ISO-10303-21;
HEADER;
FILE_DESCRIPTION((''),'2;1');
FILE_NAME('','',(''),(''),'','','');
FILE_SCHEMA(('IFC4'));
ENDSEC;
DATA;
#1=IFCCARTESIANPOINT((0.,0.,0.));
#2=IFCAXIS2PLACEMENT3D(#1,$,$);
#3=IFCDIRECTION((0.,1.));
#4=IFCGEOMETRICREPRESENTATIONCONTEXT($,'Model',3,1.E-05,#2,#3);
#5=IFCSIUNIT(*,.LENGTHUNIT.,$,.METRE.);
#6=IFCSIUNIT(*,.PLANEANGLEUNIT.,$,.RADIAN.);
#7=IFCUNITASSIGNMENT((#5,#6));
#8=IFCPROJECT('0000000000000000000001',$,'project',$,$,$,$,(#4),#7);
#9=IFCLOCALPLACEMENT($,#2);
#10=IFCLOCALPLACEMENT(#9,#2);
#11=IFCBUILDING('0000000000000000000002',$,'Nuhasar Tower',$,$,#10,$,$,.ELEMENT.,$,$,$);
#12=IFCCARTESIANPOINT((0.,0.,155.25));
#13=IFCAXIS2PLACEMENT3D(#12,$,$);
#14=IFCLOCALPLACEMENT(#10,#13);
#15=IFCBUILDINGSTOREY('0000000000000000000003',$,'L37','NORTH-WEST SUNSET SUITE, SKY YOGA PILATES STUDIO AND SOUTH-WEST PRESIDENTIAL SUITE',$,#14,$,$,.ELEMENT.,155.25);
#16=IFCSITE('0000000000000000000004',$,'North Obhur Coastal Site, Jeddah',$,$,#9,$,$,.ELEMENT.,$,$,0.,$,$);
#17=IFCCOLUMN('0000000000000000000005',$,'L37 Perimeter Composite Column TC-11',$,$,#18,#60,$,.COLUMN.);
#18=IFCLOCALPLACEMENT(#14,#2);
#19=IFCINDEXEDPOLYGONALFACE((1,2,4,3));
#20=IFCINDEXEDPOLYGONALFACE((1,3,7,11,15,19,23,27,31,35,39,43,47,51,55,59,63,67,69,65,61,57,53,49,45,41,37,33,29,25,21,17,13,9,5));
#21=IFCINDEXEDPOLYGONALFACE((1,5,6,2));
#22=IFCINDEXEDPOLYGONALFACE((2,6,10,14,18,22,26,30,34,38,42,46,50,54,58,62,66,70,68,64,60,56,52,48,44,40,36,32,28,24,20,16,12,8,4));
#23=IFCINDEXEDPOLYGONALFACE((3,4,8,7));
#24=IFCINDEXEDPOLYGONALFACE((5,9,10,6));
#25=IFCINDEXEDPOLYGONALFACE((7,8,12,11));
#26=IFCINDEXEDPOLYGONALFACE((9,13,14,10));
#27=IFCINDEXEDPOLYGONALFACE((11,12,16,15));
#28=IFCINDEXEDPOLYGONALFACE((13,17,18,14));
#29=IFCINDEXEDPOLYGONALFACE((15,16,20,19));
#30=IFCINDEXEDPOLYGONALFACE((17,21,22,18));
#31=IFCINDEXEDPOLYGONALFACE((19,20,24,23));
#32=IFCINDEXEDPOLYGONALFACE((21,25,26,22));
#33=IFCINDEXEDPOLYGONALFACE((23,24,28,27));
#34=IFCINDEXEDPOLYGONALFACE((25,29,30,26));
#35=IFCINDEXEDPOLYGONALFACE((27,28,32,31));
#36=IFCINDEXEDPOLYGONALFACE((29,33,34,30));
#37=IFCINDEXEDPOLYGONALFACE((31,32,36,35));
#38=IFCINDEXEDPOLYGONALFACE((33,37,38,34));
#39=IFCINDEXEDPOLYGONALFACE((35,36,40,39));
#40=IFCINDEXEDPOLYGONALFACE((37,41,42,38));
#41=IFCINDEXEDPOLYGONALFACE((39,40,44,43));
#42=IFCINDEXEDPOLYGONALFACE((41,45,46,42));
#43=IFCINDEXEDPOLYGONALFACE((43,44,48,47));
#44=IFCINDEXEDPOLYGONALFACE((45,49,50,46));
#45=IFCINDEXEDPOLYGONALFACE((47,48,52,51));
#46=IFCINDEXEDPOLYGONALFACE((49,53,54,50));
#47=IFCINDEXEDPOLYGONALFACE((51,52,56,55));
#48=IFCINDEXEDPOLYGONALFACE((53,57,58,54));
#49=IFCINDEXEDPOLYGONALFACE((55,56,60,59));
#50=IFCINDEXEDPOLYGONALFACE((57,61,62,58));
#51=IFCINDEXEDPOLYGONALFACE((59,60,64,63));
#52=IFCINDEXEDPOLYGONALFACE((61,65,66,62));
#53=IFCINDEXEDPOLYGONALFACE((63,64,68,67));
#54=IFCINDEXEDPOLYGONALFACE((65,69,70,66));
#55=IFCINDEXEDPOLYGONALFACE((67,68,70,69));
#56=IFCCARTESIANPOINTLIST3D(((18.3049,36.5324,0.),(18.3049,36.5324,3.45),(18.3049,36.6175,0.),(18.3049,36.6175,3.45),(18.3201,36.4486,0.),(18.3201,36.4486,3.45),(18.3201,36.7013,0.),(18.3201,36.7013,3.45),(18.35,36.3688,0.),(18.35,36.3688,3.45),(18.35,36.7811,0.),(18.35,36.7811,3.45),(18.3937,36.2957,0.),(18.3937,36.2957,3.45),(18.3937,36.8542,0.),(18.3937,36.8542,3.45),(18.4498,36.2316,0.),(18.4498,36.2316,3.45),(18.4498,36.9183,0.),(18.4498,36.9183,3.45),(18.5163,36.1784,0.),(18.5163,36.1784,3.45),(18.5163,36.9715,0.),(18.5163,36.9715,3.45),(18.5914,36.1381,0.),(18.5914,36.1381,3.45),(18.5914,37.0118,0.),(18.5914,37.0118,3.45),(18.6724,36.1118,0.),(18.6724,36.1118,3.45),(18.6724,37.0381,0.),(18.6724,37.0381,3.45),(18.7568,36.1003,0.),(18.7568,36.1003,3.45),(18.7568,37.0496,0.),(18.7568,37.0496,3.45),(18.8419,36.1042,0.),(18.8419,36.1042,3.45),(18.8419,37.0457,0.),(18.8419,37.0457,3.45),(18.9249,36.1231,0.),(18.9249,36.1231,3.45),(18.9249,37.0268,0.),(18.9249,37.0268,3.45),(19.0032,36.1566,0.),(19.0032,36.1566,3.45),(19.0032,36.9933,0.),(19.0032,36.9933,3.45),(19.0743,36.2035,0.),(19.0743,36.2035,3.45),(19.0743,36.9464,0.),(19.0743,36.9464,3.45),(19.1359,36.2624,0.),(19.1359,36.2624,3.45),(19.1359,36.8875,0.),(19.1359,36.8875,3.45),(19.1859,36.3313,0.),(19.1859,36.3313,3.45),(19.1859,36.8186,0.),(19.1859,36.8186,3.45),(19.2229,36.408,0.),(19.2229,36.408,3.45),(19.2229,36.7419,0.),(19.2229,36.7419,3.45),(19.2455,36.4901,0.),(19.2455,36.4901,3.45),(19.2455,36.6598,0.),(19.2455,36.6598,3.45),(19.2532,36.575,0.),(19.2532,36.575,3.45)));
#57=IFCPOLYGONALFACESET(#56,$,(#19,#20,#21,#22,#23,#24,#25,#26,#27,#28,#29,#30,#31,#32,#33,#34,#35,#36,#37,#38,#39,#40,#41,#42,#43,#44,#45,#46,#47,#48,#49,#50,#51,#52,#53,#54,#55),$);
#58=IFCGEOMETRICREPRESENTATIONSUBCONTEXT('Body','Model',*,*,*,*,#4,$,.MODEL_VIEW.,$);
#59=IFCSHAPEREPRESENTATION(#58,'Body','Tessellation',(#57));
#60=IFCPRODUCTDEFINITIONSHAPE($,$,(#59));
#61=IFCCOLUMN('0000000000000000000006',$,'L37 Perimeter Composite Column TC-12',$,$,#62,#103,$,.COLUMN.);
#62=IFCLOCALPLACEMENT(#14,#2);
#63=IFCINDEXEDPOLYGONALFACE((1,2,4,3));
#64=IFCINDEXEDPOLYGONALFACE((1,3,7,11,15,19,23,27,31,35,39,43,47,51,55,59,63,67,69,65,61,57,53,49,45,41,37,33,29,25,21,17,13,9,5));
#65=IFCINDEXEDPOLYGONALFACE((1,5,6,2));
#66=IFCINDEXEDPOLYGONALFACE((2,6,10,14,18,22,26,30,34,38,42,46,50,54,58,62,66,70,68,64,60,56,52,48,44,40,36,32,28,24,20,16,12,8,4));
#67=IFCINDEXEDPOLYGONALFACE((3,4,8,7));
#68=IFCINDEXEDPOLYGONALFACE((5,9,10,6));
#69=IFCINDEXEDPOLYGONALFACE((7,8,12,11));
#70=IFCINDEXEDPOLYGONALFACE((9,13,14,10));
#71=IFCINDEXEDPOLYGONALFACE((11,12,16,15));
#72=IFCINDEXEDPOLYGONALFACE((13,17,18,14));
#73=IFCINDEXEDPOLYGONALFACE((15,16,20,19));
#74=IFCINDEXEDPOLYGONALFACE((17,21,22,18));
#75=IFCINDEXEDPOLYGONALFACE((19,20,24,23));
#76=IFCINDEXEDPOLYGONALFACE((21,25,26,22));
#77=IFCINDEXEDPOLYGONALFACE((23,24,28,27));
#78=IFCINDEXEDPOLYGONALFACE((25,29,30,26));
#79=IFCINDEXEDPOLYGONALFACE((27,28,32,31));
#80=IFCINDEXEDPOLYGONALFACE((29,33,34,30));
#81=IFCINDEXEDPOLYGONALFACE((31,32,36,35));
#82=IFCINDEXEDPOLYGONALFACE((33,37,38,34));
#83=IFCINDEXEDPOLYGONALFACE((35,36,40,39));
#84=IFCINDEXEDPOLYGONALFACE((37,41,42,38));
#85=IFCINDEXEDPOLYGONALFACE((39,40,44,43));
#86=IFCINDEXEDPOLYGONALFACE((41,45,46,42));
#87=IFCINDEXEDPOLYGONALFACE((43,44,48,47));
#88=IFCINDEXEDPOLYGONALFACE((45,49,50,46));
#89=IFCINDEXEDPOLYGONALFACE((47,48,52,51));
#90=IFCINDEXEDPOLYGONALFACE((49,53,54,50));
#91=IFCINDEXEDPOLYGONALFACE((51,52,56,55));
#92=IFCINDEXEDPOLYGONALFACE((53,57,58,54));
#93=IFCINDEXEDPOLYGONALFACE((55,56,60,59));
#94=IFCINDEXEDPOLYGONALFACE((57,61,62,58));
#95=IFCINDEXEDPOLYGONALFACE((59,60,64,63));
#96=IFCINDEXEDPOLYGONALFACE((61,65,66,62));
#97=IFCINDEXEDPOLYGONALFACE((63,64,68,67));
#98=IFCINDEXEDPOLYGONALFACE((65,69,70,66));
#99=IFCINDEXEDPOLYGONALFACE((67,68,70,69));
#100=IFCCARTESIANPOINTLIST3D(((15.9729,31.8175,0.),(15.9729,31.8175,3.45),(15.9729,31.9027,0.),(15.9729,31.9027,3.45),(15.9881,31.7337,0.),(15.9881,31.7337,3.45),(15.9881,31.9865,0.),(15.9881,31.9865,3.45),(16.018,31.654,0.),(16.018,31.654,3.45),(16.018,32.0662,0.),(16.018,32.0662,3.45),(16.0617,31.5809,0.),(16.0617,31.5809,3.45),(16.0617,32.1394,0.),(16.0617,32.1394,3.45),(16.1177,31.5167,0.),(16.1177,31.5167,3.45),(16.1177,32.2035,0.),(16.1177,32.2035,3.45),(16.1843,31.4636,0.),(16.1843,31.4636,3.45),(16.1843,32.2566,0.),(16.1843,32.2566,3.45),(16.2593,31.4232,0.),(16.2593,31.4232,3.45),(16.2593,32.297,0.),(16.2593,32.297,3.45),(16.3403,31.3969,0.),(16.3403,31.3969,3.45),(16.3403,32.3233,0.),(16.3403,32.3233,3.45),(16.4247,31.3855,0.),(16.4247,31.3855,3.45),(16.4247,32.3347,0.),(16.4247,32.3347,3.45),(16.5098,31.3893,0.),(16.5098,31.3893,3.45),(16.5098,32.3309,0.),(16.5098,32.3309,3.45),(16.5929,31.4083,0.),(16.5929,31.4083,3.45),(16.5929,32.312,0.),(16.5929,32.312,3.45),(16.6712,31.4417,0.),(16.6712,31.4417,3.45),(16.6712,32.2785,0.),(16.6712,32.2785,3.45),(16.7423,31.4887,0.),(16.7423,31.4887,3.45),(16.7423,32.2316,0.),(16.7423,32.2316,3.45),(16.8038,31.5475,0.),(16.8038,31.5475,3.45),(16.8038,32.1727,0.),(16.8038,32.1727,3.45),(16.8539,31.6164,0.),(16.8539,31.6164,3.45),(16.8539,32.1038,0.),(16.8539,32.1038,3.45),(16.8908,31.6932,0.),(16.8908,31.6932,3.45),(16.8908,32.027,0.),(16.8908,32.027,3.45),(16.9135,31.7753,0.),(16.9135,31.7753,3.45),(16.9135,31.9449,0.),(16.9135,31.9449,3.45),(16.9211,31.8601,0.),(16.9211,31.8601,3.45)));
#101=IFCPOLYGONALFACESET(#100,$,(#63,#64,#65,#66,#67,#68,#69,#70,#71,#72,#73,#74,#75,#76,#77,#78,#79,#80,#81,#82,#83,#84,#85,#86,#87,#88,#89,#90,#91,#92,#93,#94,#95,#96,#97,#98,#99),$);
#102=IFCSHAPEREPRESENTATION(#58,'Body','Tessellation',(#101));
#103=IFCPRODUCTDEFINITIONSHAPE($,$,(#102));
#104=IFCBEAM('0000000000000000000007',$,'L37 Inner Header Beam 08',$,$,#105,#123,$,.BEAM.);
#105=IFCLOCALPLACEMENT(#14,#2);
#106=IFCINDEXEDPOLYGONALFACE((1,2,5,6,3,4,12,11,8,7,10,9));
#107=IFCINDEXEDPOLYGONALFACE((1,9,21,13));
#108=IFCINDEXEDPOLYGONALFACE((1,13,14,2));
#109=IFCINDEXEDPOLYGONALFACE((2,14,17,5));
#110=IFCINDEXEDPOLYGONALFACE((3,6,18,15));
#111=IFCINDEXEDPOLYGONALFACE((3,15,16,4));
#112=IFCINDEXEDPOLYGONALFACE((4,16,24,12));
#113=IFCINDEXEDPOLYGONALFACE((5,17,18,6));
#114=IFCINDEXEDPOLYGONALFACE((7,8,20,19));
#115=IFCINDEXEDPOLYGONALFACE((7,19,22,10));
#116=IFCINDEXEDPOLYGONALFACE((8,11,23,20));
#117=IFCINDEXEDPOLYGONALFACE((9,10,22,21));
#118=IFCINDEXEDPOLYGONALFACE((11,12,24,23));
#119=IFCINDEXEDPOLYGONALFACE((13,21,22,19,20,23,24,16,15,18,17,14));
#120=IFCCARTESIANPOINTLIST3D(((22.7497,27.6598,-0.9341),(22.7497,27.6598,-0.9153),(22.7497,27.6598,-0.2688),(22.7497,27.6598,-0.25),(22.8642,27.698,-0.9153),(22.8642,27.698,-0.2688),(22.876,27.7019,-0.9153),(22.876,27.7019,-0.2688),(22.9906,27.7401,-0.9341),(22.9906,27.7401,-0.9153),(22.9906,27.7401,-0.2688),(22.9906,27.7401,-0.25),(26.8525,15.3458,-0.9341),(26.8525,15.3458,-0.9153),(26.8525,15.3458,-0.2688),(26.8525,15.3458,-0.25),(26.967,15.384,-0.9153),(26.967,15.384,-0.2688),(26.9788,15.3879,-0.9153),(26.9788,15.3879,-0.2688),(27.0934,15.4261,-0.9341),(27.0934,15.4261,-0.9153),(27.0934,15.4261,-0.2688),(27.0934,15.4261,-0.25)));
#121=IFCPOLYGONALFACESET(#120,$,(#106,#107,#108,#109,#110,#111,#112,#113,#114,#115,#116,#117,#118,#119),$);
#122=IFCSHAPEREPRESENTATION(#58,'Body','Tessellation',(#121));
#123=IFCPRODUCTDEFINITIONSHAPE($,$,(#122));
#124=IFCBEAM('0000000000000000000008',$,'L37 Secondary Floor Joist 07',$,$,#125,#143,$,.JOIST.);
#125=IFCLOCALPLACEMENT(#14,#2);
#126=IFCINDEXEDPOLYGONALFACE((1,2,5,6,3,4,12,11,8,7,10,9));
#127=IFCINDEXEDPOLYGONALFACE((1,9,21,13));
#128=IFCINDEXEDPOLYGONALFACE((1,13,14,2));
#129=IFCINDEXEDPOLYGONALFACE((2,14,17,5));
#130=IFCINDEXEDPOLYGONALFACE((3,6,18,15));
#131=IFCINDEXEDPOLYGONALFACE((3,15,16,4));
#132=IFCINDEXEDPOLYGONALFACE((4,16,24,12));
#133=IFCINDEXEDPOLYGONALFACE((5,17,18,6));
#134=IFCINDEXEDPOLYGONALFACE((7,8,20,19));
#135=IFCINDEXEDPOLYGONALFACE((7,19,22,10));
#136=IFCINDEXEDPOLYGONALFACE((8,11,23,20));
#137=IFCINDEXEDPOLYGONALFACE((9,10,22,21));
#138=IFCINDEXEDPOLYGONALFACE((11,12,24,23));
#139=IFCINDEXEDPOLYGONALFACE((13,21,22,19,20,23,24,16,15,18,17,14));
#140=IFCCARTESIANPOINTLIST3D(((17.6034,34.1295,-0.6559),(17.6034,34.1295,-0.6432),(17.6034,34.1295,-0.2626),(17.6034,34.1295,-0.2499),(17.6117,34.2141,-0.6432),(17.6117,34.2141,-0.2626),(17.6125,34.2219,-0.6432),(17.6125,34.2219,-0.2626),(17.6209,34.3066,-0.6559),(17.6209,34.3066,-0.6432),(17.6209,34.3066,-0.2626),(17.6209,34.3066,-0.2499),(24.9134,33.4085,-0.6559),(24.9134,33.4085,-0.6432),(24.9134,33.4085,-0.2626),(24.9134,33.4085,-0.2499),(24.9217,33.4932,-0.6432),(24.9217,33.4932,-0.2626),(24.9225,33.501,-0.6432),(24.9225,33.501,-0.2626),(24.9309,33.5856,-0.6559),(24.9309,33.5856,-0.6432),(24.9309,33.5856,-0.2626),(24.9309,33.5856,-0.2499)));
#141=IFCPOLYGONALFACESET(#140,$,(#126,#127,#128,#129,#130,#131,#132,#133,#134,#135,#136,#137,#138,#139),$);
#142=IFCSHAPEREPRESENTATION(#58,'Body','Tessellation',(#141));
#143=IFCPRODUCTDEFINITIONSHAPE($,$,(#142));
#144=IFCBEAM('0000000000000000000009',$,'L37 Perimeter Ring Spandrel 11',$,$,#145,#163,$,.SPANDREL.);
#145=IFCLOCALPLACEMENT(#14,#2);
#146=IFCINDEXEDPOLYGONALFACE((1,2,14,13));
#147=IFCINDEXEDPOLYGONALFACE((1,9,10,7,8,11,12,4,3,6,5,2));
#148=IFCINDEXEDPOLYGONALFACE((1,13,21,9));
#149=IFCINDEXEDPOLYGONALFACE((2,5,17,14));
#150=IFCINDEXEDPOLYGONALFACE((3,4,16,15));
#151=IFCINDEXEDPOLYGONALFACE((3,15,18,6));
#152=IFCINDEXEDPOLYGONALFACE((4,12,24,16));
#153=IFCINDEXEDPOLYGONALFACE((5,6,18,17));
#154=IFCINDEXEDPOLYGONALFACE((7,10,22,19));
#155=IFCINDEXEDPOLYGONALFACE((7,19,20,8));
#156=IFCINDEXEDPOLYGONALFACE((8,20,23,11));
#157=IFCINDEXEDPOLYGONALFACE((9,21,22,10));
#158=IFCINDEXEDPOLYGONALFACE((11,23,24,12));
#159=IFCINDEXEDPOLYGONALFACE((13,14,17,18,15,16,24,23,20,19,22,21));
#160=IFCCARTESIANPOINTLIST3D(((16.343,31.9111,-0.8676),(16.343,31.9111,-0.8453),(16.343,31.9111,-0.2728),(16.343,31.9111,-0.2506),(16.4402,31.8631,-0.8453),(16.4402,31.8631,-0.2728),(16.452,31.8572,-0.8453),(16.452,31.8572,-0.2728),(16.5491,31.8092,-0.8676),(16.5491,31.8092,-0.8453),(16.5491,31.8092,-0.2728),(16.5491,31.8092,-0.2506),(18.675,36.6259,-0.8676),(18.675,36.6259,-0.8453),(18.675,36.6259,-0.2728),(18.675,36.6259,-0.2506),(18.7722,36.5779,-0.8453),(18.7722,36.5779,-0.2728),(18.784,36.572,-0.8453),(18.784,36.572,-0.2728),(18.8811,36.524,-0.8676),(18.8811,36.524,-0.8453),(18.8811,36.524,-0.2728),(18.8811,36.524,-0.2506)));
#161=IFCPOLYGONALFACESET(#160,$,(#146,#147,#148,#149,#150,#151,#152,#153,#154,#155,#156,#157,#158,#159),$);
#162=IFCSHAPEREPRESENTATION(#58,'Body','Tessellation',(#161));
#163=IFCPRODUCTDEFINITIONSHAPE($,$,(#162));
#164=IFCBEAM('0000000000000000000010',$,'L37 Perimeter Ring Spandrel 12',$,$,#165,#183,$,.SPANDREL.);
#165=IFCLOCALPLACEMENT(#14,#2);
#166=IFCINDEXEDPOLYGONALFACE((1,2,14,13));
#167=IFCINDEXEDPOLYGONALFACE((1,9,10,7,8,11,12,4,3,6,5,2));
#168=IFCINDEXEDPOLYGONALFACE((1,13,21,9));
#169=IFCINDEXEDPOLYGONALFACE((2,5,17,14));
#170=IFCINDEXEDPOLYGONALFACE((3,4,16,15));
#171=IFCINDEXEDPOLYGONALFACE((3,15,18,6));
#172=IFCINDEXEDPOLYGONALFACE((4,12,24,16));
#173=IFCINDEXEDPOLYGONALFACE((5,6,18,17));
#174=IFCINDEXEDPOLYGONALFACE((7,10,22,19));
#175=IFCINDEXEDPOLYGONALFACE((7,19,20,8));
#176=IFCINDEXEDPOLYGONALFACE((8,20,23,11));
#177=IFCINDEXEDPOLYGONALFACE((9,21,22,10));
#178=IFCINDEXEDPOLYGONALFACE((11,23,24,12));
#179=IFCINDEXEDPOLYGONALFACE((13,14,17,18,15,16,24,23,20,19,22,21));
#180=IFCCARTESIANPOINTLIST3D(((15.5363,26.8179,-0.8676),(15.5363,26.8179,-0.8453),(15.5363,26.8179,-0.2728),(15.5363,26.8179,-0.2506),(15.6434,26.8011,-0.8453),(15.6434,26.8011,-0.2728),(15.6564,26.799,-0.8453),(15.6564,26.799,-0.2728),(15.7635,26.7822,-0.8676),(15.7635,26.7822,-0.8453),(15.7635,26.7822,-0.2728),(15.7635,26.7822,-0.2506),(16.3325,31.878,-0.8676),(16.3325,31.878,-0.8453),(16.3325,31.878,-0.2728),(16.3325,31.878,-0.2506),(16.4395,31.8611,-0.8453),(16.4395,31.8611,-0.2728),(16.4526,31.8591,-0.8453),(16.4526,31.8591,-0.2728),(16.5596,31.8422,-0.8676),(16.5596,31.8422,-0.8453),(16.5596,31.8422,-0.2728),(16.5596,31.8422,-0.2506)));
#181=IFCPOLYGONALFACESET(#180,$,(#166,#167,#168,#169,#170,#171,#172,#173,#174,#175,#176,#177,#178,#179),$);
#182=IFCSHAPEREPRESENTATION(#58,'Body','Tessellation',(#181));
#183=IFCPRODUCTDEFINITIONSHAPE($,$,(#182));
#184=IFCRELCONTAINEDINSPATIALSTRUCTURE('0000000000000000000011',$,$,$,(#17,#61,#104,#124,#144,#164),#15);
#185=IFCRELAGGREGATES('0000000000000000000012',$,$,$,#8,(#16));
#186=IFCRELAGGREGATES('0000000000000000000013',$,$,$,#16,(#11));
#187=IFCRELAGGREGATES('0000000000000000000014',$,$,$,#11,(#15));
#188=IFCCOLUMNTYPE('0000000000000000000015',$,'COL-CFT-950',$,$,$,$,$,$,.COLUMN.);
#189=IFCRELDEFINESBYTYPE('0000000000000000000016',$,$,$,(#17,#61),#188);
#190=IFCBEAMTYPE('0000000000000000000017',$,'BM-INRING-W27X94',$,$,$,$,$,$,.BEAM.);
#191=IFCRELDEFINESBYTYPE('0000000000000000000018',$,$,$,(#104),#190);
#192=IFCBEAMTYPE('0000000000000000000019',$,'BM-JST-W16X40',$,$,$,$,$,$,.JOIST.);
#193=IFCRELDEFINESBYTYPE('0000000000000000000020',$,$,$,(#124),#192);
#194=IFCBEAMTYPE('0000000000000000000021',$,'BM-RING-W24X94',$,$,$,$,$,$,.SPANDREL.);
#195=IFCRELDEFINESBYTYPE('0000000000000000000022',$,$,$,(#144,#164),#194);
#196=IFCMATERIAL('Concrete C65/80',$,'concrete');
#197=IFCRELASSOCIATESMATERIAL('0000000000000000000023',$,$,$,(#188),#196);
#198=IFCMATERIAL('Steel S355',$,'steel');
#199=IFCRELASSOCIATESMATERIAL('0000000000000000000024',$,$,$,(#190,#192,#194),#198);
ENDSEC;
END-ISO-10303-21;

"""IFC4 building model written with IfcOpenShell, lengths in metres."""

from ifc_helpers import new_model, si_unit, direction, frame, origin, origin_2d, place, context, subcontext, project, spatial, circle, i_section, extrude, material, material_profile, profile_set, type_object, element, save


model = new_model("IFC4")

# Units and contexts
model_context = context("Model", 3, precision=1e-05, world=origin(), true_north=direction((0.0, 1.0)))
body_context = subcontext(model_context, "Body", "Model", "MODEL_VIEW")
ifc_project = project(units=[si_unit("LENGTHUNIT", "METRE"), si_unit("PLANEANGLEUNIT", "RADIAN")], contexts=[model_context])

# Site, building, storey
site_placement = place(None, origin())
site = spatial("IfcSite", under=ifc_project, at=site_placement, Name="North Obhur Coastal Site, Jeddah", CompositionType="ELEMENT", RefElevation=0.0)
building_placement = place(site_placement, origin())
building = spatial("IfcBuilding", under=site, at=building_placement, Name="Nuhasar Tower", CompositionType="ELEMENT")
storey_placement = place(building_placement, frame((0.0, 0.0, 155.25)))
storey = spatial("IfcBuildingStorey", under=building, at=storey_placement, Name="L37", Description="NORTH-WEST SUNSET SUITE, SKY YOGA PILATES STUDIO AND SOUTH-WEST PRESIDENTIAL SUITE", CompositionType="ELEMENT", Elevation=155.25)

# Columns
ifc_material_1 = material(Name="Concrete C65/80", Category="concrete")
ifc_material_profile_1 = material_profile(ifc_material_1, circle(Radius=0.4751, at=origin_2d()), Name="CFT950")
ifc_profile_set_1 = profile_set([ifc_material_profile_1], Name="Concrete C65/80")
column_type = type_object("IfcColumnType", Name="COL-CFT-950", PredefinedType="COLUMN", material=ifc_profile_set_1)
for number, where, z_axis, x_axis, name in (
    (1, (18.7781, 36.575, 0.0), (0.0, 0.0, 1.0), (1.0, 0.0, 0.0), "L37 Perimeter Composite Column TC-11"),
    (2, (16.446, 31.8601, 0.0), (0.0, 0.0, 1.0), (1.0, 0.0, 0.0), "L37 Perimeter Composite Column TC-12"),
):
    element("IfcColumn", number, at=place(storey_placement, frame(where, z_axis=z_axis, x_axis=x_axis)), inside=storey, type_object=column_type, Name=name, PredefinedType="COLUMN", context=body_context, shape_type="SweptSolid", body=[
        extrude(circle(Radius=0.4751, at=origin_2d()), origin(), (0.0, 0.0, 1.0), 3.45),
    ])

# Beams
ifc_material_2 = material(Name="Steel S355", Category="steel")
ifc_material_profile_2 = material_profile(ifc_material_2, i_section(OverallWidth=0.2539, OverallDepth=0.6841, WebThickness=0.0125, FlangeThickness=0.0188, at=origin_2d()), Name="W27X94")
ifc_profile_set_2 = profile_set([ifc_material_profile_2], Name="Steel S355")
beam_type_1 = type_object("IfcBeamType", Name="BM-INRING-W27X94", PredefinedType="BEAM", material=ifc_profile_set_2)
beam_1_placement = place(storey_placement, frame((22.8701, 27.7, -0.592), z_axis=(0.316098, -0.948727, 0.0), x_axis=(0.948727, 0.316098, 0.0)))
element("IfcBeam", 3, at=beam_1_placement, inside=storey, type_object=beam_type_1, Name="L37 Inner Header Beam 08", PredefinedType="BEAM", context=body_context, shape_type="SweptSolid", body=[
    extrude(i_section(OverallWidth=0.2539, OverallDepth=0.6841, WebThickness=0.0125, FlangeThickness=0.0188, at=origin_2d()), origin(), (0.0, 0.0, 1.0), 12.9795),
])
ifc_material_profile_3 = material_profile(ifc_material_2, i_section(OverallWidth=0.178, OverallDepth=0.406, WebThickness=0.0078, FlangeThickness=0.0127, at=origin_2d()), Name="W16X40")
ifc_profile_set_3 = profile_set([ifc_material_profile_3], Name="Steel S355")
beam_type_2 = type_object("IfcBeamType", Name="BM-JST-W16X40", PredefinedType="JOIST", material=ifc_profile_set_3)
beam_2_placement = place(storey_placement, frame((24.9221, 33.4971, -0.4529), z_axis=(-0.995172, 0.098148, 0.0), x_axis=(-0.098148, -0.995172, 0.0)))
element("IfcBeam", 4, at=beam_2_placement, inside=storey, type_object=beam_type_2, Name="L37 Secondary Floor Joist 07", PredefinedType="JOIST", context=body_context, shape_type="SweptSolid", body=[
    extrude(i_section(OverallWidth=0.178, OverallDepth=0.406, WebThickness=0.0078, FlangeThickness=0.0127, at=origin_2d()), origin(), (0.0, 0.0, 1.0), 7.3455),
])
ifc_material_profile_4 = material_profile(ifc_material_2, i_section(OverallWidth=0.23, OverallDepth=0.6169, WebThickness=0.0132, FlangeThickness=0.0222, at=origin_2d()), Name="W24X94")
ifc_profile_set_4 = profile_set([ifc_material_profile_4], Name="Steel S355")
beam_type_3 = type_object("IfcBeamType", Name="BM-RING-W24X94", PredefinedType="SPANDREL", material=ifc_profile_set_4)
beam_3_placement = place(storey_placement, frame((18.7781, 36.575, -0.5591), z_axis=(-0.443348, -0.89635, 0.0), x_axis=(0.89635, -0.443348, 0.0)))
element("IfcBeam", 5, at=beam_3_placement, inside=storey, type_object=beam_type_3, Name="L37 Perimeter Ring Spandrel 11", PredefinedType="SPANDREL", context=body_context, shape_type="SweptSolid", body=[
    extrude(i_section(OverallWidth=0.23, OverallDepth=0.6169, WebThickness=0.0132, FlangeThickness=0.0222, at=origin_2d()), origin(), (0.0, 0.0, 1.0), 5.26),
])
beam_4_placement = place(storey_placement, frame((16.446, 31.8601, -0.5591), z_axis=(-0.155427, -0.987847, 0.0), x_axis=(0.987847, -0.155427, 0.0)))
element("IfcBeam", 6, at=beam_4_placement, inside=storey, type_object=beam_type_3, Name="L37 Perimeter Ring Spandrel 12", PredefinedType="SPANDREL", context=body_context, shape_type="SweptSolid", body=[
    extrude(i_section(OverallWidth=0.23, OverallDepth=0.6169, WebThickness=0.0132, FlangeThickness=0.0222, at=origin_2d()), origin(), (0.0, 0.0, 1.0), 5.1223),
])

save(model, "model.ifc")
